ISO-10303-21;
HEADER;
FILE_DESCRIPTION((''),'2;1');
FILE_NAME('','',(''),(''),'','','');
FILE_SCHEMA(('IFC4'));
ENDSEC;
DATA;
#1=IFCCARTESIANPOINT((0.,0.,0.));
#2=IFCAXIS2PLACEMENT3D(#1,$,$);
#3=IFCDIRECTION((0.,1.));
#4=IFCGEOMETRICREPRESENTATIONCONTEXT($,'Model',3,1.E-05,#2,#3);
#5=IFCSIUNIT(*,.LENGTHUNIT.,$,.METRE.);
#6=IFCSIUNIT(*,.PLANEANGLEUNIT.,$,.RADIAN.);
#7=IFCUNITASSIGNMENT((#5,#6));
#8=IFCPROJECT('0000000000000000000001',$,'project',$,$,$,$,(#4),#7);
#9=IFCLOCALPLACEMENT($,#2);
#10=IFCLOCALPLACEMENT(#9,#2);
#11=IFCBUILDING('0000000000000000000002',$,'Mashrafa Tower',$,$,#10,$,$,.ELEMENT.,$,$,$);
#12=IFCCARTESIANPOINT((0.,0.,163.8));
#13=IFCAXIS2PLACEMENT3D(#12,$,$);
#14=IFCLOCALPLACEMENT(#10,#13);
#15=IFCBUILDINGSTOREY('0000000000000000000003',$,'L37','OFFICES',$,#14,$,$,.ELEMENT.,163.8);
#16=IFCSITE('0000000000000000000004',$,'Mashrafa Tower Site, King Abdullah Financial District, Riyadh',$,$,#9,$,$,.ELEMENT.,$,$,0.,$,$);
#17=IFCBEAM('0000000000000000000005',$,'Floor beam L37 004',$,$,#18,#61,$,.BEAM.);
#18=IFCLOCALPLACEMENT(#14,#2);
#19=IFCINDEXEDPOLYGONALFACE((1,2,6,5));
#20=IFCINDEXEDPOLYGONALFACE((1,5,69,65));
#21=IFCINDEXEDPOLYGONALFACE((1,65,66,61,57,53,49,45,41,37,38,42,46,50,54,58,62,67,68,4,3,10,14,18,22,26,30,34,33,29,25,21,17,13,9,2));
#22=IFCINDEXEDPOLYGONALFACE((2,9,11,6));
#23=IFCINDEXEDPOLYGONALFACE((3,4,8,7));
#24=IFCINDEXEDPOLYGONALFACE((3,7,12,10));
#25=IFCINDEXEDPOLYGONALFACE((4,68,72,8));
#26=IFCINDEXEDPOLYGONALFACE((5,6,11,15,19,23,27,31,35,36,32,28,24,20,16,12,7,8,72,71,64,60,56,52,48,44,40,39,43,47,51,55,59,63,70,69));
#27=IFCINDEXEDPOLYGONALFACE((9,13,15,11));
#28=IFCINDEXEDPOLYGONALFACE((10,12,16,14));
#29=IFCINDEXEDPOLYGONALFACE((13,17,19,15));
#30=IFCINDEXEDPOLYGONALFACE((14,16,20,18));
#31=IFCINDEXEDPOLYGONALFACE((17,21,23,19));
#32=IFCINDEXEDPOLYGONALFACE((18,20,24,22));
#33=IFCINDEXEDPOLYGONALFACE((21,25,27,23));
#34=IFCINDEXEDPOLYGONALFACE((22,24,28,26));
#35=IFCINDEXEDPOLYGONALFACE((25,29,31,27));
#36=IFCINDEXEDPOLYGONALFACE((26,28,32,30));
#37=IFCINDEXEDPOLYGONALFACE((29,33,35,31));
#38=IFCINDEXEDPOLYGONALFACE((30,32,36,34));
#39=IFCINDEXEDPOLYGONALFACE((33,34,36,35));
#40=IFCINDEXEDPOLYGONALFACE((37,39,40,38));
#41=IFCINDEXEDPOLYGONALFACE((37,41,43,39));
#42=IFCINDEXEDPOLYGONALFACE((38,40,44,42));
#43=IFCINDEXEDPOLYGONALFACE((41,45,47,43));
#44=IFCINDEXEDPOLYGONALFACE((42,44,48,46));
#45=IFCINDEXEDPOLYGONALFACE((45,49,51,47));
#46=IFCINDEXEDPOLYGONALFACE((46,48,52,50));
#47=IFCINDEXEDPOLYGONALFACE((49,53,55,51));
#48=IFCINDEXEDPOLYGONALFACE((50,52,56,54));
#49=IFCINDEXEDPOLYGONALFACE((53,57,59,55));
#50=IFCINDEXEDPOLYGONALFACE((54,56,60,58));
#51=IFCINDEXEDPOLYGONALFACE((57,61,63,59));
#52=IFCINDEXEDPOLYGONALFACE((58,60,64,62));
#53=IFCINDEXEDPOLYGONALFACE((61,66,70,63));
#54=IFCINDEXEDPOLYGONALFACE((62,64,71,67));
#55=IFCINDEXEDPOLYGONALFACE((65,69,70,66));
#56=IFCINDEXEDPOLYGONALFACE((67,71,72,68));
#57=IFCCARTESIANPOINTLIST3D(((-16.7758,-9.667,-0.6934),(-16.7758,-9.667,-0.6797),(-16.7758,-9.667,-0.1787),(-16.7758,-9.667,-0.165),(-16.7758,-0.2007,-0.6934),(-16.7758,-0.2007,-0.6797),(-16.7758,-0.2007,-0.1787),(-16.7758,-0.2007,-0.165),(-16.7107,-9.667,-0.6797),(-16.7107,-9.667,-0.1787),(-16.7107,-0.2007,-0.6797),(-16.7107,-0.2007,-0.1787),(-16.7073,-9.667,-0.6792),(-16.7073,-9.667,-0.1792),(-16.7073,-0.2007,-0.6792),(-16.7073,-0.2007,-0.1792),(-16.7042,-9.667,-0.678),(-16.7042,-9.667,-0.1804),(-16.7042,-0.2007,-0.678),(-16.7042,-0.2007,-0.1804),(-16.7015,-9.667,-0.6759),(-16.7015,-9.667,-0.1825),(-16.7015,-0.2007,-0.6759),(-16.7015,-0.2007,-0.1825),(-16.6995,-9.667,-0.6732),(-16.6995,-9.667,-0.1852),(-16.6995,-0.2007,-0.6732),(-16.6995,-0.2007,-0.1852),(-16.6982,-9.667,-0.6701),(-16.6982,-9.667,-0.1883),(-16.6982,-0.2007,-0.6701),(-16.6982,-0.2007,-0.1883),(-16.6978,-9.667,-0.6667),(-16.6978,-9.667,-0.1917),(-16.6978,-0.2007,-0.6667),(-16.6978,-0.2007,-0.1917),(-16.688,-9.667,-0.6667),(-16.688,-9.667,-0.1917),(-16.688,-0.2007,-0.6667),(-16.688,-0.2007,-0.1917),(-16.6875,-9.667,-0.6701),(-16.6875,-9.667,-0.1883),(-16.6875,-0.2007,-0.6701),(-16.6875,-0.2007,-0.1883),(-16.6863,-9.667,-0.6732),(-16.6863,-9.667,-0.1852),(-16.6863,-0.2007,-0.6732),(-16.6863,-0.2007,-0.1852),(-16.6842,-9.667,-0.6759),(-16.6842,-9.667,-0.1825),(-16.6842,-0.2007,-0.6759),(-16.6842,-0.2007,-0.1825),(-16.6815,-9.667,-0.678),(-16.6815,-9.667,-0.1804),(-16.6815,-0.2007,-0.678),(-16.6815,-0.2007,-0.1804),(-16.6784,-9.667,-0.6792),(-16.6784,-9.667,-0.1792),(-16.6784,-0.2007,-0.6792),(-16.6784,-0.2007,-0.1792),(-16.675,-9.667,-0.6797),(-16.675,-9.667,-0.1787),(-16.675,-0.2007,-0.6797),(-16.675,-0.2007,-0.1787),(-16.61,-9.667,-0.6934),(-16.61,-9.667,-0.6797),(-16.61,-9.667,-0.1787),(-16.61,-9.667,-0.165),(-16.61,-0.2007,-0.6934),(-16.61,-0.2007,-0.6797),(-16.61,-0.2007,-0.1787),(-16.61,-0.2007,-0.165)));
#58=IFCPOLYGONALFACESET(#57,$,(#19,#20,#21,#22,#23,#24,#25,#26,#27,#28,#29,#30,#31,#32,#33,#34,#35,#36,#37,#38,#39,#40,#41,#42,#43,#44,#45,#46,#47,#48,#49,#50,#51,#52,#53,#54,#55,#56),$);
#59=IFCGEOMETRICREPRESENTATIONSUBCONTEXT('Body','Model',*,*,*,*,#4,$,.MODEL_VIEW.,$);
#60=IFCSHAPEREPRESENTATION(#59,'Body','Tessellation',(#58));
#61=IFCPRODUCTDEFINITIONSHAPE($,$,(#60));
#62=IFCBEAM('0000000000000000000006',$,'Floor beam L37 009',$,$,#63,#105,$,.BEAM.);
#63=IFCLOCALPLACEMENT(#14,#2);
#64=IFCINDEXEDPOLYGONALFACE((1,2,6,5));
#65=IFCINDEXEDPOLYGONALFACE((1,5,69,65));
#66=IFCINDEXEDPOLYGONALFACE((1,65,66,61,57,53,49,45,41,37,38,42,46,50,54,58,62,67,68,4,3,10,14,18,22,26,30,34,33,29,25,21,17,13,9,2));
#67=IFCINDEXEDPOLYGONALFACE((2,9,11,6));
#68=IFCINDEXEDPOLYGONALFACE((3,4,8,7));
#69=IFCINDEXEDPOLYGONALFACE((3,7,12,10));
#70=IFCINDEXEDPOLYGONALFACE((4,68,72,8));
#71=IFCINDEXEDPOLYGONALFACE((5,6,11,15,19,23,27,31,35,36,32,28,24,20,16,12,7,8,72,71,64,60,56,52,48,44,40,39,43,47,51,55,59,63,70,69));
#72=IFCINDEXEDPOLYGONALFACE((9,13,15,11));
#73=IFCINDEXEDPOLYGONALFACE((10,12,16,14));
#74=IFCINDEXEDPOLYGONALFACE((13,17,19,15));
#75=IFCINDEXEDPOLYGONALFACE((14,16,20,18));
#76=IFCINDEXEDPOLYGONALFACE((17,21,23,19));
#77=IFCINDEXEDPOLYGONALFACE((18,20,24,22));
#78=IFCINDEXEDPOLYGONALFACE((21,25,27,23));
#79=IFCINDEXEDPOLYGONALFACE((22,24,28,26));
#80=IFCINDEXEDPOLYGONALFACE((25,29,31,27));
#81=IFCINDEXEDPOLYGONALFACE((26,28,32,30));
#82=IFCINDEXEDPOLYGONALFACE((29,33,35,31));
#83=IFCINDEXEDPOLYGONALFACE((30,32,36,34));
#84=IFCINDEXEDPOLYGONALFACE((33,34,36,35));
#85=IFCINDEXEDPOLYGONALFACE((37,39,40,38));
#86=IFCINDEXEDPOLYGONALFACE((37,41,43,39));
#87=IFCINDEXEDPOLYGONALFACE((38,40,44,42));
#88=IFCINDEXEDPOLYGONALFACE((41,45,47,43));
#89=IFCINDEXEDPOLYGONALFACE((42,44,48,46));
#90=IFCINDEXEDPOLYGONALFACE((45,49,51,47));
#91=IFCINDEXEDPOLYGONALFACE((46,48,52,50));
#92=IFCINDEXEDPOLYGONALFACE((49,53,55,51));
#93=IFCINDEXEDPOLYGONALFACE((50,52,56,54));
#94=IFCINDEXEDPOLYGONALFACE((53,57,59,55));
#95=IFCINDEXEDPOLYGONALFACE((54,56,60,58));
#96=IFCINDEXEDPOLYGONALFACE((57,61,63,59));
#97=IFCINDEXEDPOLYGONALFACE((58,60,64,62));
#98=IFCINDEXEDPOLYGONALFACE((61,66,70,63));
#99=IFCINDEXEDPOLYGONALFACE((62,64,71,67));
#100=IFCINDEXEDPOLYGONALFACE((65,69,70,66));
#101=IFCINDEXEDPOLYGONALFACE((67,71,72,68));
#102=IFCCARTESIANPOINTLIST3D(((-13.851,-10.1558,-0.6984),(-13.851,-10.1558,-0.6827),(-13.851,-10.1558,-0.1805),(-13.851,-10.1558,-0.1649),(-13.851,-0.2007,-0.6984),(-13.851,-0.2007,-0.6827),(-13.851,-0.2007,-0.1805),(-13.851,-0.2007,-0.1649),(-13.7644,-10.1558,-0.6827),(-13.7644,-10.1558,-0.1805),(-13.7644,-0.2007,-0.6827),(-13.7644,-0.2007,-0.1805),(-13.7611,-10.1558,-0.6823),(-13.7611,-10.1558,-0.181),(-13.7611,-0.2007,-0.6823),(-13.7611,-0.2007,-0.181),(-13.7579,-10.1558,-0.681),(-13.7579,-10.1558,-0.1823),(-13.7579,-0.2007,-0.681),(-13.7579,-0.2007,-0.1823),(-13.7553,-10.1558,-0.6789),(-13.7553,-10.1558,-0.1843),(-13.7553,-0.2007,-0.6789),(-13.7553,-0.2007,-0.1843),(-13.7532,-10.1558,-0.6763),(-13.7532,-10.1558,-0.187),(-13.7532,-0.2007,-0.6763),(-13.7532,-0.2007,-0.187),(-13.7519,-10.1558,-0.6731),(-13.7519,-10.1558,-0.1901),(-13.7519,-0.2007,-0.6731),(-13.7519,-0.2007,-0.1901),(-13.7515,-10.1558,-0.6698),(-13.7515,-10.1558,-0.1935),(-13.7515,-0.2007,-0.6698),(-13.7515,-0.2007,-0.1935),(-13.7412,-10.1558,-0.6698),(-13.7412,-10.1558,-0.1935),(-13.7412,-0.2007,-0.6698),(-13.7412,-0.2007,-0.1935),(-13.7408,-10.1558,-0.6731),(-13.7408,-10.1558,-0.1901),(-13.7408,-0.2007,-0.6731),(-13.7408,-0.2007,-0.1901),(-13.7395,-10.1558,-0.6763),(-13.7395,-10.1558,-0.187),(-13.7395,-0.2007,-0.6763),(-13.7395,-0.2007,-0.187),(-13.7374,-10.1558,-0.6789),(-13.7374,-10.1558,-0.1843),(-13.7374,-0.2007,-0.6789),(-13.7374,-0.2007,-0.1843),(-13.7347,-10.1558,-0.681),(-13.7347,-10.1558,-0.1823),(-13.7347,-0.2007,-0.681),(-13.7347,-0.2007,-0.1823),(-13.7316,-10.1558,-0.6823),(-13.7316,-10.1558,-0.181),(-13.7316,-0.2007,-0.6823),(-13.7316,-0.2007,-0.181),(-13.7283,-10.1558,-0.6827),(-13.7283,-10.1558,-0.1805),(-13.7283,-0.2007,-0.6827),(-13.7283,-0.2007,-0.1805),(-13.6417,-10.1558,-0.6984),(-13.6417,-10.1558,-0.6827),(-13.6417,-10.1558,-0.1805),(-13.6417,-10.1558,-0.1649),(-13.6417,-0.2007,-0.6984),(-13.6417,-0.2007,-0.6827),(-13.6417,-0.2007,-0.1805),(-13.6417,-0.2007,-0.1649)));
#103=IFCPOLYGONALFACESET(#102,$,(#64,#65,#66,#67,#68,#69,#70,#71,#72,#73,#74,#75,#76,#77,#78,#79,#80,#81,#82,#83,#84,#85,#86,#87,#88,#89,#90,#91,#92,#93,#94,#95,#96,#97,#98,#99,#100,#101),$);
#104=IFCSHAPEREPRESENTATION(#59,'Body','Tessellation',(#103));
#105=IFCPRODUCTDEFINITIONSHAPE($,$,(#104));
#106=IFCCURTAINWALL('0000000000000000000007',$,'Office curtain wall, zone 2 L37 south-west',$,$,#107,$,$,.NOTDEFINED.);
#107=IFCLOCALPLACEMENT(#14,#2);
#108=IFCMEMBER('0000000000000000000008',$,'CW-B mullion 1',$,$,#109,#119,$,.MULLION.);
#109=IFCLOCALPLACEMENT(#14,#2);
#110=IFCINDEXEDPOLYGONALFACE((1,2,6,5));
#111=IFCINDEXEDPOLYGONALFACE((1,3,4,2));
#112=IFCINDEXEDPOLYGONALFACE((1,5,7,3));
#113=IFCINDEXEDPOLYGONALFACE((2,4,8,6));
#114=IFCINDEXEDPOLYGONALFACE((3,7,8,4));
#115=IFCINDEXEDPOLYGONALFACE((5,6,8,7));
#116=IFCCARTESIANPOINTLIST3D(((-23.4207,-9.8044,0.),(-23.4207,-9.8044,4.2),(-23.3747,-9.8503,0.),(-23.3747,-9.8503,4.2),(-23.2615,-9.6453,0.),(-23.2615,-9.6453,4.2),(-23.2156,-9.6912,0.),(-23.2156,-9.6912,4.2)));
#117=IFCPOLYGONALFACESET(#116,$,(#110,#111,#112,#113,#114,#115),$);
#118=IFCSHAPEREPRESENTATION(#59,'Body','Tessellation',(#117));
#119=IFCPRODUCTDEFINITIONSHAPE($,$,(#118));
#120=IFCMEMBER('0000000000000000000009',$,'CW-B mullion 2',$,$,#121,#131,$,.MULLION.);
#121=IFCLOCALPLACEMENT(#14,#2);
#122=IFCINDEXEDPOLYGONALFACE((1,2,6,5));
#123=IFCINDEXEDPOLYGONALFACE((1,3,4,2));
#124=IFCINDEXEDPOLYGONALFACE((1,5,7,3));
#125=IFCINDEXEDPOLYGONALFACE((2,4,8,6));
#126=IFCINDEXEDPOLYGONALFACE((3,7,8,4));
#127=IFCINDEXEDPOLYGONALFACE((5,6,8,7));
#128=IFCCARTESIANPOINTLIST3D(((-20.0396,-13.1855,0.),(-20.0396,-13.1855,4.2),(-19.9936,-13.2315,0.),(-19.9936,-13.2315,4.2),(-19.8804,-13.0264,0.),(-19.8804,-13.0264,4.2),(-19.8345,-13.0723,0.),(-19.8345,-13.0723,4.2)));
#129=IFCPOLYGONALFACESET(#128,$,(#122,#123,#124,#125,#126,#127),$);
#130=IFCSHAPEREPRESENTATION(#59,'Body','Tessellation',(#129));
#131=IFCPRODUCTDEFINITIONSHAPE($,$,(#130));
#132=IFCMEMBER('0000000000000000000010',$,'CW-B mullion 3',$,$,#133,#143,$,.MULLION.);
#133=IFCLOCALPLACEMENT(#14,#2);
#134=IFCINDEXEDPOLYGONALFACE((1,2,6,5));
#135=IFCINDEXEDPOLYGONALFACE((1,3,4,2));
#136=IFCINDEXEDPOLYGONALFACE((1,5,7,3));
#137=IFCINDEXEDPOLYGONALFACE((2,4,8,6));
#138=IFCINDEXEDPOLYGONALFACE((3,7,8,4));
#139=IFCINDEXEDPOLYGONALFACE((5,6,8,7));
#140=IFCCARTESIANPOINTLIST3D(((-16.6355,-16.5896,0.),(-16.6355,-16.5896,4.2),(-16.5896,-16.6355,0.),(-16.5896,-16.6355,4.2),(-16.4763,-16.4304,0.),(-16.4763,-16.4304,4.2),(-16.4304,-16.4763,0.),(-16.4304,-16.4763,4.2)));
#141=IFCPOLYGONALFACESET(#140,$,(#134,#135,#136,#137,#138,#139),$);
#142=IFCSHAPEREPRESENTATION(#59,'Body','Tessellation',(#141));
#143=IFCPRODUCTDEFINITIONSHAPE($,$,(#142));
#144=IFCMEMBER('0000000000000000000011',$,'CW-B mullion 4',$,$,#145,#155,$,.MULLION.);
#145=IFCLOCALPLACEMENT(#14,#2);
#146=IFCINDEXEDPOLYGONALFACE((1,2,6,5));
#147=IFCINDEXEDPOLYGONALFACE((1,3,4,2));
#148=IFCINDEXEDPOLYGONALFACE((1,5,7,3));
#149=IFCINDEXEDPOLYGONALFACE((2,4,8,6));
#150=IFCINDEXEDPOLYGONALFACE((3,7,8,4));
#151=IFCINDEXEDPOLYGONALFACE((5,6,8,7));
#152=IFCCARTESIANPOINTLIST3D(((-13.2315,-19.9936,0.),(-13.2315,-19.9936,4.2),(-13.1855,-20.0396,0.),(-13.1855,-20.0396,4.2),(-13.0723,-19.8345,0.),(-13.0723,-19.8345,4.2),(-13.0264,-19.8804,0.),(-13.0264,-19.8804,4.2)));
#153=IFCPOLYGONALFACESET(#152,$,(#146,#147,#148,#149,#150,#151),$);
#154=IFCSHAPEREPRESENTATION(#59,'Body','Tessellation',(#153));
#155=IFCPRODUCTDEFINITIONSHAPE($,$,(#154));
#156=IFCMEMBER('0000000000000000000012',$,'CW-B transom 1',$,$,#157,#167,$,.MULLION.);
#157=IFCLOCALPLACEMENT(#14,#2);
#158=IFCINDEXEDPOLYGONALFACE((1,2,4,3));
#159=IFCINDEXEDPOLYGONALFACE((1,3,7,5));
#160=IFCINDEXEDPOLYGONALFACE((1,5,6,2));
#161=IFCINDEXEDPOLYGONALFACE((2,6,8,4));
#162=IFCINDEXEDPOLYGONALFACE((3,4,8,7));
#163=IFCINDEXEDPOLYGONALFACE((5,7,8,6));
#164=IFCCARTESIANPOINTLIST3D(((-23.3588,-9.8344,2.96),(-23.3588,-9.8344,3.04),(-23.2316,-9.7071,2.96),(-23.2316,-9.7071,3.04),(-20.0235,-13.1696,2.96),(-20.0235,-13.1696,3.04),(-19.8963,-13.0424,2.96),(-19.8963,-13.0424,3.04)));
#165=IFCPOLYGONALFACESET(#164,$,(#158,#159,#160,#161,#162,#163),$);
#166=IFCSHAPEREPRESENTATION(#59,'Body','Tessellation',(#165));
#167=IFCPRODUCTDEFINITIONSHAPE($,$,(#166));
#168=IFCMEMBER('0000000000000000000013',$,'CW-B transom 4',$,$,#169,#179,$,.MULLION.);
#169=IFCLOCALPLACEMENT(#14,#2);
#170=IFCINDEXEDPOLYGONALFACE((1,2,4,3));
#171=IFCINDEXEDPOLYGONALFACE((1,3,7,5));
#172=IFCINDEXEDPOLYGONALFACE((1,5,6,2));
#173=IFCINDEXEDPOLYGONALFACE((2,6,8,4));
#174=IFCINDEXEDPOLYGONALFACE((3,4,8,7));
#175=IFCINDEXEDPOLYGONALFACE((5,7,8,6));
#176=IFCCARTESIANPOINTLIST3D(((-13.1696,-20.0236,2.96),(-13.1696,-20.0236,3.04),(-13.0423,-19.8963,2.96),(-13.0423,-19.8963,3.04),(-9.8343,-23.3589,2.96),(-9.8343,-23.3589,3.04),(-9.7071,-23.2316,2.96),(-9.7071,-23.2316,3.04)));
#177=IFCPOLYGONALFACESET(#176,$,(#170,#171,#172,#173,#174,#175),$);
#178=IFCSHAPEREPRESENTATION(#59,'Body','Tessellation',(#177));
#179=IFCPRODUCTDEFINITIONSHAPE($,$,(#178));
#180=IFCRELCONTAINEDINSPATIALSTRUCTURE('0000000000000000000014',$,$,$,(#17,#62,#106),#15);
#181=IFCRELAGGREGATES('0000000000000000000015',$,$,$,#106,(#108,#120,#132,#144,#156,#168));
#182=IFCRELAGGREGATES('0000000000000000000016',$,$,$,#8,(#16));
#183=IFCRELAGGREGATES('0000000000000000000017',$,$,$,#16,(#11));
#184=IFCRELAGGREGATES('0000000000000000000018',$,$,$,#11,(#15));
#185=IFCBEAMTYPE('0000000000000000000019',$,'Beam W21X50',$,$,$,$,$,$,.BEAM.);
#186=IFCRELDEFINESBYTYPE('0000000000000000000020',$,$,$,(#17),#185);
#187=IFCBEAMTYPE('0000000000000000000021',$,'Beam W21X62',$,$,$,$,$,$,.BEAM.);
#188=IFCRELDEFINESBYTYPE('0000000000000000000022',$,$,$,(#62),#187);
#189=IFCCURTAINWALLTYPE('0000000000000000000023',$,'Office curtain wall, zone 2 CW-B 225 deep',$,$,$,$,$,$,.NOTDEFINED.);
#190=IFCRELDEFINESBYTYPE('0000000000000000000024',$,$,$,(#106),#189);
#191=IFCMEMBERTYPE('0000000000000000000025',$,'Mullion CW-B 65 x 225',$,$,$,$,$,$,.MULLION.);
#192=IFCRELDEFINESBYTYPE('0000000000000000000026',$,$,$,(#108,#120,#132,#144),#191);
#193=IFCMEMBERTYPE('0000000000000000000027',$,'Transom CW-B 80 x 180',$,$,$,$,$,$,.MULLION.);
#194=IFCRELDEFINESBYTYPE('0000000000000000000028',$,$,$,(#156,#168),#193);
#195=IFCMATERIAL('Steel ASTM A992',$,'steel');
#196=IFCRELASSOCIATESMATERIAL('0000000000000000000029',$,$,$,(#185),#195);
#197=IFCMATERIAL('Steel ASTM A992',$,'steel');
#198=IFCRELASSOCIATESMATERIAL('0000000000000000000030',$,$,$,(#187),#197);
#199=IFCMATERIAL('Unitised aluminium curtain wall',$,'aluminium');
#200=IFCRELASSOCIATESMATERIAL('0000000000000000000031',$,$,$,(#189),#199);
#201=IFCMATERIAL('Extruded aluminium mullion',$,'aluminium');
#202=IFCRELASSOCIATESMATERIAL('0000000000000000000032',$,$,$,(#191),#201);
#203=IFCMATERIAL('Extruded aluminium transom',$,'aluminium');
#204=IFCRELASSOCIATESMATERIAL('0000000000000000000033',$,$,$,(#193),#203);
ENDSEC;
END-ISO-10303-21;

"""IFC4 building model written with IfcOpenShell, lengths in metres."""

from ifc_helpers import new_model, si_unit, direction, frame, origin, origin_2d, place, context, subcontext, project, spatial, rectangle, i_section, extrude, source, transform, mapped, material, material_profile, profile_set, type_object, type_shapes, element, aggregate, save


model = new_model("IFC4")

# Units and contexts
model_context = context("Model", 3, precision=1e-05, world=origin(), true_north=direction((0.0, 1.0)))
body_context = subcontext(model_context, "Body", "Model", "MODEL_VIEW")
ifc_project = project(units=[si_unit("LENGTHUNIT", "METRE"), si_unit("PLANEANGLEUNIT", "RADIAN")], contexts=[model_context])

# Site, building, storey
site_placement = place(None, origin())
site = spatial("IfcSite", under=ifc_project, at=site_placement, Name="Mashrafa Tower Site, King Abdullah Financial District, Riyadh", CompositionType="ELEMENT", RefElevation=0.0)
building_placement = place(site_placement, origin())
building = spatial("IfcBuilding", under=site, at=building_placement, Name="Mashrafa Tower", CompositionType="ELEMENT")
storey_placement = place(building_placement, frame((0.0, 0.0, 163.8)))
storey = spatial("IfcBuildingStorey", under=building, at=storey_placement, Name="L37", Description="OFFICES", CompositionType="ELEMENT", Elevation=163.8)

# Beams
ifc_material_1 = material(Name="Steel ASTM A992", Category="steel")
ifc_material_profile_1 = material_profile(ifc_material_1, i_section(OverallWidth=0.1658, OverallDepth=0.5283, WebThickness=0.0098, FlangeThickness=0.0137, FilletRadius=0.0129, at=origin_2d()), Name="W21X50")
ifc_profile_set_1 = profile_set([ifc_material_profile_1], Name="Steel ASTM A992")
beam_type_1 = type_object("IfcBeamType", Name="Beam W21X50", PredefinedType="BEAM", material=ifc_profile_set_1)
beam_1_placement = place(storey_placement, frame((-16.6929, -9.667, -0.4292), z_axis=(0.0, 1.0, 0.0), x_axis=(-1.0, 0.0, 0.0)))
element("IfcBeam", 1, at=beam_1_placement, inside=storey, type_object=beam_type_1, Name="Floor beam L37 004", PredefinedType="BEAM", context=body_context, shape_type="SweptSolid", body=[
    extrude(i_section(OverallWidth=0.1658, OverallDepth=0.5283, WebThickness=0.0098, FlangeThickness=0.0137, FilletRadius=0.0129, at=origin_2d()), origin(), (0.0, 0.0, 1.0), 9.4663),
])
ifc_material_2 = material(Name="Steel ASTM A992", Category="steel")
ifc_material_profile_2 = material_profile(ifc_material_2, i_section(OverallWidth=0.2092, OverallDepth=0.5334, WebThickness=0.0103, FlangeThickness=0.0156, FilletRadius=0.0129, at=origin_2d()), Name="W21X62")
ifc_profile_set_2 = profile_set([ifc_material_profile_2], Name="Steel ASTM A992")
beam_type_2 = type_object("IfcBeamType", Name="Beam W21X62", PredefinedType="BEAM", material=ifc_profile_set_2)
beam_2_placement = place(storey_placement, frame((-13.7463, -10.1558, -0.4316), z_axis=(0.0, 1.0, 0.0), x_axis=(-1.0, 0.0, 0.0)))
element("IfcBeam", 2, at=beam_2_placement, inside=storey, type_object=beam_type_2, Name="Floor beam L37 009", PredefinedType="BEAM", context=body_context, shape_type="SweptSolid", body=[
    extrude(i_section(OverallWidth=0.2092, OverallDepth=0.5334, WebThickness=0.0103, FlangeThickness=0.0156, FilletRadius=0.0129, at=origin_2d()), origin(), (0.0, 0.0, 1.0), 9.9551),
])

# Curtain wall, members
ifc_material_3 = material(Name="Unitised aluminium curtain wall", Category="aluminium")
curtain_wall_type = type_object("IfcCurtainWallType", Name="Office curtain wall, zone 2 CW-B 225 deep", PredefinedType="NOTDEFINED", material=ifc_material_3)
curtain_wall_placement = place(storey_placement, origin())
curtain_wall = element("IfcCurtainWall", 3, at=curtain_wall_placement, inside=storey, type_object=curtain_wall_type, Name="Office curtain wall, zone 2 L37 south-west", PredefinedType="NOTDEFINED")
ifc_material_4 = material(Name="Extruded aluminium mullion", Category="aluminium")
ifc_material_profile_3 = material_profile(ifc_material_4, rectangle(XDim=0.2251, YDim=0.0649, at=origin_2d()), Name="Mullion 65x225")
ifc_profile_set_3 = profile_set([ifc_material_profile_3], Name="Extruded aluminium mullion")
member_type_1 = type_object("IfcMemberType", Name="Mullion CW-B 65 x 225", PredefinedType="MULLION", material=ifc_profile_set_3)
shared_shape_1 = source(origin(), body_context, "Body", "SweptSolid", [
    extrude(rectangle(XDim=0.2251, YDim=0.0649, at=origin_2d()), origin(), (0.0, 0.0, 1.0), 4.2),
])
type_shapes(member_type_1, [shared_shape_1])
member_1_placement = place(storey_placement, frame((-23.3181, -9.7478, 0.0), z_axis=(0.0, 0.0, 1.0), x_axis=(0.707107, 0.707107, 0.0)))
member_1 = element("IfcMember", 4, at=member_1_placement, type_object=member_type_1, Name="CW-B mullion 1", PredefinedType="MULLION", context=body_context, shape_type="MappedRepresentation", body=[
    mapped(shared_shape_1, transform((0.0, 0.0, 0.0))),
])
member_2_placement = place(storey_placement, frame((-19.937, -13.1289, 0.0), z_axis=(0.0, 0.0, 1.0), x_axis=(0.707107, 0.707107, 0.0)))
member_2 = element("IfcMember", 5, at=member_2_placement, type_object=member_type_1, Name="CW-B mullion 2", PredefinedType="MULLION", context=body_context, shape_type="MappedRepresentation", body=[
    mapped(shared_shape_1, transform((0.0, 0.0, 0.0))),
])
member_3_placement = place(storey_placement, frame((-16.533, -16.533, 0.0), z_axis=(0.0, 0.0, 1.0), x_axis=(0.707107, 0.707107, 0.0)))
member_3 = element("IfcMember", 6, at=member_3_placement, type_object=member_type_1, Name="CW-B mullion 3", PredefinedType="MULLION", context=body_context, shape_type="MappedRepresentation", body=[
    mapped(shared_shape_1, transform((0.0, 0.0, 0.0))),
])
member_4_placement = place(storey_placement, frame((-13.1289, -19.937, 0.0), z_axis=(0.0, 0.0, 1.0), x_axis=(0.707107, 0.707107, 0.0)))
member_4 = element("IfcMember", 7, at=member_4_placement, type_object=member_type_1, Name="CW-B mullion 4", PredefinedType="MULLION", context=body_context, shape_type="MappedRepresentation", body=[
    mapped(shared_shape_1, transform((0.0, 0.0, 0.0))),
])
ifc_material_5 = material(Name="Extruded aluminium transom", Category="aluminium")
ifc_material_profile_4 = material_profile(ifc_material_5, rectangle(XDim=0.1799, YDim=0.0801, at=origin_2d()), Name="Transom 80x180")
ifc_profile_set_4 = profile_set([ifc_material_profile_4], Name="Extruded aluminium transom")
member_type_2 = type_object("IfcMemberType", Name="Transom CW-B 80 x 180", PredefinedType="MULLION", material=ifc_profile_set_4)
shared_shape_2 = source(origin(), body_context, "Body", "SweptSolid", [
    extrude(rectangle(XDim=0.1799, YDim=0.0801, at=origin_2d()), origin(), (0.0, 0.0, 1.0), 4.7168),
])
member_5_placement = place(storey_placement, frame((-23.2952, -9.7708, 3.0), z_axis=(0.707107, -0.707107, 0.0), x_axis=(0.707107, 0.707107, 0.0)))
member_5 = element("IfcMember", 8, at=member_5_placement, type_object=member_type_2, Name="CW-B transom 1", PredefinedType="MULLION", context=body_context, shape_type="MappedRepresentation", body=[
    mapped(shared_shape_2, transform((0.0, 0.0, 0.0))),
])
member_6_placement = place(storey_placement, frame((-13.106, -19.96, 3.0), z_axis=(0.707107, -0.707107, 0.0), x_axis=(0.707107, 0.707107, 0.0)))
member_6 = element("IfcMember", 9, at=member_6_placement, type_object=member_type_2, Name="CW-B transom 4", PredefinedType="MULLION", context=body_context, shape_type="MappedRepresentation", body=[
    mapped(shared_shape_2, transform((0.0, 0.0, 0.0))),
])
aggregate(curtain_wall, [member_1, member_2, member_3, member_4, member_5, member_6])

save(model, "model.ifc")
